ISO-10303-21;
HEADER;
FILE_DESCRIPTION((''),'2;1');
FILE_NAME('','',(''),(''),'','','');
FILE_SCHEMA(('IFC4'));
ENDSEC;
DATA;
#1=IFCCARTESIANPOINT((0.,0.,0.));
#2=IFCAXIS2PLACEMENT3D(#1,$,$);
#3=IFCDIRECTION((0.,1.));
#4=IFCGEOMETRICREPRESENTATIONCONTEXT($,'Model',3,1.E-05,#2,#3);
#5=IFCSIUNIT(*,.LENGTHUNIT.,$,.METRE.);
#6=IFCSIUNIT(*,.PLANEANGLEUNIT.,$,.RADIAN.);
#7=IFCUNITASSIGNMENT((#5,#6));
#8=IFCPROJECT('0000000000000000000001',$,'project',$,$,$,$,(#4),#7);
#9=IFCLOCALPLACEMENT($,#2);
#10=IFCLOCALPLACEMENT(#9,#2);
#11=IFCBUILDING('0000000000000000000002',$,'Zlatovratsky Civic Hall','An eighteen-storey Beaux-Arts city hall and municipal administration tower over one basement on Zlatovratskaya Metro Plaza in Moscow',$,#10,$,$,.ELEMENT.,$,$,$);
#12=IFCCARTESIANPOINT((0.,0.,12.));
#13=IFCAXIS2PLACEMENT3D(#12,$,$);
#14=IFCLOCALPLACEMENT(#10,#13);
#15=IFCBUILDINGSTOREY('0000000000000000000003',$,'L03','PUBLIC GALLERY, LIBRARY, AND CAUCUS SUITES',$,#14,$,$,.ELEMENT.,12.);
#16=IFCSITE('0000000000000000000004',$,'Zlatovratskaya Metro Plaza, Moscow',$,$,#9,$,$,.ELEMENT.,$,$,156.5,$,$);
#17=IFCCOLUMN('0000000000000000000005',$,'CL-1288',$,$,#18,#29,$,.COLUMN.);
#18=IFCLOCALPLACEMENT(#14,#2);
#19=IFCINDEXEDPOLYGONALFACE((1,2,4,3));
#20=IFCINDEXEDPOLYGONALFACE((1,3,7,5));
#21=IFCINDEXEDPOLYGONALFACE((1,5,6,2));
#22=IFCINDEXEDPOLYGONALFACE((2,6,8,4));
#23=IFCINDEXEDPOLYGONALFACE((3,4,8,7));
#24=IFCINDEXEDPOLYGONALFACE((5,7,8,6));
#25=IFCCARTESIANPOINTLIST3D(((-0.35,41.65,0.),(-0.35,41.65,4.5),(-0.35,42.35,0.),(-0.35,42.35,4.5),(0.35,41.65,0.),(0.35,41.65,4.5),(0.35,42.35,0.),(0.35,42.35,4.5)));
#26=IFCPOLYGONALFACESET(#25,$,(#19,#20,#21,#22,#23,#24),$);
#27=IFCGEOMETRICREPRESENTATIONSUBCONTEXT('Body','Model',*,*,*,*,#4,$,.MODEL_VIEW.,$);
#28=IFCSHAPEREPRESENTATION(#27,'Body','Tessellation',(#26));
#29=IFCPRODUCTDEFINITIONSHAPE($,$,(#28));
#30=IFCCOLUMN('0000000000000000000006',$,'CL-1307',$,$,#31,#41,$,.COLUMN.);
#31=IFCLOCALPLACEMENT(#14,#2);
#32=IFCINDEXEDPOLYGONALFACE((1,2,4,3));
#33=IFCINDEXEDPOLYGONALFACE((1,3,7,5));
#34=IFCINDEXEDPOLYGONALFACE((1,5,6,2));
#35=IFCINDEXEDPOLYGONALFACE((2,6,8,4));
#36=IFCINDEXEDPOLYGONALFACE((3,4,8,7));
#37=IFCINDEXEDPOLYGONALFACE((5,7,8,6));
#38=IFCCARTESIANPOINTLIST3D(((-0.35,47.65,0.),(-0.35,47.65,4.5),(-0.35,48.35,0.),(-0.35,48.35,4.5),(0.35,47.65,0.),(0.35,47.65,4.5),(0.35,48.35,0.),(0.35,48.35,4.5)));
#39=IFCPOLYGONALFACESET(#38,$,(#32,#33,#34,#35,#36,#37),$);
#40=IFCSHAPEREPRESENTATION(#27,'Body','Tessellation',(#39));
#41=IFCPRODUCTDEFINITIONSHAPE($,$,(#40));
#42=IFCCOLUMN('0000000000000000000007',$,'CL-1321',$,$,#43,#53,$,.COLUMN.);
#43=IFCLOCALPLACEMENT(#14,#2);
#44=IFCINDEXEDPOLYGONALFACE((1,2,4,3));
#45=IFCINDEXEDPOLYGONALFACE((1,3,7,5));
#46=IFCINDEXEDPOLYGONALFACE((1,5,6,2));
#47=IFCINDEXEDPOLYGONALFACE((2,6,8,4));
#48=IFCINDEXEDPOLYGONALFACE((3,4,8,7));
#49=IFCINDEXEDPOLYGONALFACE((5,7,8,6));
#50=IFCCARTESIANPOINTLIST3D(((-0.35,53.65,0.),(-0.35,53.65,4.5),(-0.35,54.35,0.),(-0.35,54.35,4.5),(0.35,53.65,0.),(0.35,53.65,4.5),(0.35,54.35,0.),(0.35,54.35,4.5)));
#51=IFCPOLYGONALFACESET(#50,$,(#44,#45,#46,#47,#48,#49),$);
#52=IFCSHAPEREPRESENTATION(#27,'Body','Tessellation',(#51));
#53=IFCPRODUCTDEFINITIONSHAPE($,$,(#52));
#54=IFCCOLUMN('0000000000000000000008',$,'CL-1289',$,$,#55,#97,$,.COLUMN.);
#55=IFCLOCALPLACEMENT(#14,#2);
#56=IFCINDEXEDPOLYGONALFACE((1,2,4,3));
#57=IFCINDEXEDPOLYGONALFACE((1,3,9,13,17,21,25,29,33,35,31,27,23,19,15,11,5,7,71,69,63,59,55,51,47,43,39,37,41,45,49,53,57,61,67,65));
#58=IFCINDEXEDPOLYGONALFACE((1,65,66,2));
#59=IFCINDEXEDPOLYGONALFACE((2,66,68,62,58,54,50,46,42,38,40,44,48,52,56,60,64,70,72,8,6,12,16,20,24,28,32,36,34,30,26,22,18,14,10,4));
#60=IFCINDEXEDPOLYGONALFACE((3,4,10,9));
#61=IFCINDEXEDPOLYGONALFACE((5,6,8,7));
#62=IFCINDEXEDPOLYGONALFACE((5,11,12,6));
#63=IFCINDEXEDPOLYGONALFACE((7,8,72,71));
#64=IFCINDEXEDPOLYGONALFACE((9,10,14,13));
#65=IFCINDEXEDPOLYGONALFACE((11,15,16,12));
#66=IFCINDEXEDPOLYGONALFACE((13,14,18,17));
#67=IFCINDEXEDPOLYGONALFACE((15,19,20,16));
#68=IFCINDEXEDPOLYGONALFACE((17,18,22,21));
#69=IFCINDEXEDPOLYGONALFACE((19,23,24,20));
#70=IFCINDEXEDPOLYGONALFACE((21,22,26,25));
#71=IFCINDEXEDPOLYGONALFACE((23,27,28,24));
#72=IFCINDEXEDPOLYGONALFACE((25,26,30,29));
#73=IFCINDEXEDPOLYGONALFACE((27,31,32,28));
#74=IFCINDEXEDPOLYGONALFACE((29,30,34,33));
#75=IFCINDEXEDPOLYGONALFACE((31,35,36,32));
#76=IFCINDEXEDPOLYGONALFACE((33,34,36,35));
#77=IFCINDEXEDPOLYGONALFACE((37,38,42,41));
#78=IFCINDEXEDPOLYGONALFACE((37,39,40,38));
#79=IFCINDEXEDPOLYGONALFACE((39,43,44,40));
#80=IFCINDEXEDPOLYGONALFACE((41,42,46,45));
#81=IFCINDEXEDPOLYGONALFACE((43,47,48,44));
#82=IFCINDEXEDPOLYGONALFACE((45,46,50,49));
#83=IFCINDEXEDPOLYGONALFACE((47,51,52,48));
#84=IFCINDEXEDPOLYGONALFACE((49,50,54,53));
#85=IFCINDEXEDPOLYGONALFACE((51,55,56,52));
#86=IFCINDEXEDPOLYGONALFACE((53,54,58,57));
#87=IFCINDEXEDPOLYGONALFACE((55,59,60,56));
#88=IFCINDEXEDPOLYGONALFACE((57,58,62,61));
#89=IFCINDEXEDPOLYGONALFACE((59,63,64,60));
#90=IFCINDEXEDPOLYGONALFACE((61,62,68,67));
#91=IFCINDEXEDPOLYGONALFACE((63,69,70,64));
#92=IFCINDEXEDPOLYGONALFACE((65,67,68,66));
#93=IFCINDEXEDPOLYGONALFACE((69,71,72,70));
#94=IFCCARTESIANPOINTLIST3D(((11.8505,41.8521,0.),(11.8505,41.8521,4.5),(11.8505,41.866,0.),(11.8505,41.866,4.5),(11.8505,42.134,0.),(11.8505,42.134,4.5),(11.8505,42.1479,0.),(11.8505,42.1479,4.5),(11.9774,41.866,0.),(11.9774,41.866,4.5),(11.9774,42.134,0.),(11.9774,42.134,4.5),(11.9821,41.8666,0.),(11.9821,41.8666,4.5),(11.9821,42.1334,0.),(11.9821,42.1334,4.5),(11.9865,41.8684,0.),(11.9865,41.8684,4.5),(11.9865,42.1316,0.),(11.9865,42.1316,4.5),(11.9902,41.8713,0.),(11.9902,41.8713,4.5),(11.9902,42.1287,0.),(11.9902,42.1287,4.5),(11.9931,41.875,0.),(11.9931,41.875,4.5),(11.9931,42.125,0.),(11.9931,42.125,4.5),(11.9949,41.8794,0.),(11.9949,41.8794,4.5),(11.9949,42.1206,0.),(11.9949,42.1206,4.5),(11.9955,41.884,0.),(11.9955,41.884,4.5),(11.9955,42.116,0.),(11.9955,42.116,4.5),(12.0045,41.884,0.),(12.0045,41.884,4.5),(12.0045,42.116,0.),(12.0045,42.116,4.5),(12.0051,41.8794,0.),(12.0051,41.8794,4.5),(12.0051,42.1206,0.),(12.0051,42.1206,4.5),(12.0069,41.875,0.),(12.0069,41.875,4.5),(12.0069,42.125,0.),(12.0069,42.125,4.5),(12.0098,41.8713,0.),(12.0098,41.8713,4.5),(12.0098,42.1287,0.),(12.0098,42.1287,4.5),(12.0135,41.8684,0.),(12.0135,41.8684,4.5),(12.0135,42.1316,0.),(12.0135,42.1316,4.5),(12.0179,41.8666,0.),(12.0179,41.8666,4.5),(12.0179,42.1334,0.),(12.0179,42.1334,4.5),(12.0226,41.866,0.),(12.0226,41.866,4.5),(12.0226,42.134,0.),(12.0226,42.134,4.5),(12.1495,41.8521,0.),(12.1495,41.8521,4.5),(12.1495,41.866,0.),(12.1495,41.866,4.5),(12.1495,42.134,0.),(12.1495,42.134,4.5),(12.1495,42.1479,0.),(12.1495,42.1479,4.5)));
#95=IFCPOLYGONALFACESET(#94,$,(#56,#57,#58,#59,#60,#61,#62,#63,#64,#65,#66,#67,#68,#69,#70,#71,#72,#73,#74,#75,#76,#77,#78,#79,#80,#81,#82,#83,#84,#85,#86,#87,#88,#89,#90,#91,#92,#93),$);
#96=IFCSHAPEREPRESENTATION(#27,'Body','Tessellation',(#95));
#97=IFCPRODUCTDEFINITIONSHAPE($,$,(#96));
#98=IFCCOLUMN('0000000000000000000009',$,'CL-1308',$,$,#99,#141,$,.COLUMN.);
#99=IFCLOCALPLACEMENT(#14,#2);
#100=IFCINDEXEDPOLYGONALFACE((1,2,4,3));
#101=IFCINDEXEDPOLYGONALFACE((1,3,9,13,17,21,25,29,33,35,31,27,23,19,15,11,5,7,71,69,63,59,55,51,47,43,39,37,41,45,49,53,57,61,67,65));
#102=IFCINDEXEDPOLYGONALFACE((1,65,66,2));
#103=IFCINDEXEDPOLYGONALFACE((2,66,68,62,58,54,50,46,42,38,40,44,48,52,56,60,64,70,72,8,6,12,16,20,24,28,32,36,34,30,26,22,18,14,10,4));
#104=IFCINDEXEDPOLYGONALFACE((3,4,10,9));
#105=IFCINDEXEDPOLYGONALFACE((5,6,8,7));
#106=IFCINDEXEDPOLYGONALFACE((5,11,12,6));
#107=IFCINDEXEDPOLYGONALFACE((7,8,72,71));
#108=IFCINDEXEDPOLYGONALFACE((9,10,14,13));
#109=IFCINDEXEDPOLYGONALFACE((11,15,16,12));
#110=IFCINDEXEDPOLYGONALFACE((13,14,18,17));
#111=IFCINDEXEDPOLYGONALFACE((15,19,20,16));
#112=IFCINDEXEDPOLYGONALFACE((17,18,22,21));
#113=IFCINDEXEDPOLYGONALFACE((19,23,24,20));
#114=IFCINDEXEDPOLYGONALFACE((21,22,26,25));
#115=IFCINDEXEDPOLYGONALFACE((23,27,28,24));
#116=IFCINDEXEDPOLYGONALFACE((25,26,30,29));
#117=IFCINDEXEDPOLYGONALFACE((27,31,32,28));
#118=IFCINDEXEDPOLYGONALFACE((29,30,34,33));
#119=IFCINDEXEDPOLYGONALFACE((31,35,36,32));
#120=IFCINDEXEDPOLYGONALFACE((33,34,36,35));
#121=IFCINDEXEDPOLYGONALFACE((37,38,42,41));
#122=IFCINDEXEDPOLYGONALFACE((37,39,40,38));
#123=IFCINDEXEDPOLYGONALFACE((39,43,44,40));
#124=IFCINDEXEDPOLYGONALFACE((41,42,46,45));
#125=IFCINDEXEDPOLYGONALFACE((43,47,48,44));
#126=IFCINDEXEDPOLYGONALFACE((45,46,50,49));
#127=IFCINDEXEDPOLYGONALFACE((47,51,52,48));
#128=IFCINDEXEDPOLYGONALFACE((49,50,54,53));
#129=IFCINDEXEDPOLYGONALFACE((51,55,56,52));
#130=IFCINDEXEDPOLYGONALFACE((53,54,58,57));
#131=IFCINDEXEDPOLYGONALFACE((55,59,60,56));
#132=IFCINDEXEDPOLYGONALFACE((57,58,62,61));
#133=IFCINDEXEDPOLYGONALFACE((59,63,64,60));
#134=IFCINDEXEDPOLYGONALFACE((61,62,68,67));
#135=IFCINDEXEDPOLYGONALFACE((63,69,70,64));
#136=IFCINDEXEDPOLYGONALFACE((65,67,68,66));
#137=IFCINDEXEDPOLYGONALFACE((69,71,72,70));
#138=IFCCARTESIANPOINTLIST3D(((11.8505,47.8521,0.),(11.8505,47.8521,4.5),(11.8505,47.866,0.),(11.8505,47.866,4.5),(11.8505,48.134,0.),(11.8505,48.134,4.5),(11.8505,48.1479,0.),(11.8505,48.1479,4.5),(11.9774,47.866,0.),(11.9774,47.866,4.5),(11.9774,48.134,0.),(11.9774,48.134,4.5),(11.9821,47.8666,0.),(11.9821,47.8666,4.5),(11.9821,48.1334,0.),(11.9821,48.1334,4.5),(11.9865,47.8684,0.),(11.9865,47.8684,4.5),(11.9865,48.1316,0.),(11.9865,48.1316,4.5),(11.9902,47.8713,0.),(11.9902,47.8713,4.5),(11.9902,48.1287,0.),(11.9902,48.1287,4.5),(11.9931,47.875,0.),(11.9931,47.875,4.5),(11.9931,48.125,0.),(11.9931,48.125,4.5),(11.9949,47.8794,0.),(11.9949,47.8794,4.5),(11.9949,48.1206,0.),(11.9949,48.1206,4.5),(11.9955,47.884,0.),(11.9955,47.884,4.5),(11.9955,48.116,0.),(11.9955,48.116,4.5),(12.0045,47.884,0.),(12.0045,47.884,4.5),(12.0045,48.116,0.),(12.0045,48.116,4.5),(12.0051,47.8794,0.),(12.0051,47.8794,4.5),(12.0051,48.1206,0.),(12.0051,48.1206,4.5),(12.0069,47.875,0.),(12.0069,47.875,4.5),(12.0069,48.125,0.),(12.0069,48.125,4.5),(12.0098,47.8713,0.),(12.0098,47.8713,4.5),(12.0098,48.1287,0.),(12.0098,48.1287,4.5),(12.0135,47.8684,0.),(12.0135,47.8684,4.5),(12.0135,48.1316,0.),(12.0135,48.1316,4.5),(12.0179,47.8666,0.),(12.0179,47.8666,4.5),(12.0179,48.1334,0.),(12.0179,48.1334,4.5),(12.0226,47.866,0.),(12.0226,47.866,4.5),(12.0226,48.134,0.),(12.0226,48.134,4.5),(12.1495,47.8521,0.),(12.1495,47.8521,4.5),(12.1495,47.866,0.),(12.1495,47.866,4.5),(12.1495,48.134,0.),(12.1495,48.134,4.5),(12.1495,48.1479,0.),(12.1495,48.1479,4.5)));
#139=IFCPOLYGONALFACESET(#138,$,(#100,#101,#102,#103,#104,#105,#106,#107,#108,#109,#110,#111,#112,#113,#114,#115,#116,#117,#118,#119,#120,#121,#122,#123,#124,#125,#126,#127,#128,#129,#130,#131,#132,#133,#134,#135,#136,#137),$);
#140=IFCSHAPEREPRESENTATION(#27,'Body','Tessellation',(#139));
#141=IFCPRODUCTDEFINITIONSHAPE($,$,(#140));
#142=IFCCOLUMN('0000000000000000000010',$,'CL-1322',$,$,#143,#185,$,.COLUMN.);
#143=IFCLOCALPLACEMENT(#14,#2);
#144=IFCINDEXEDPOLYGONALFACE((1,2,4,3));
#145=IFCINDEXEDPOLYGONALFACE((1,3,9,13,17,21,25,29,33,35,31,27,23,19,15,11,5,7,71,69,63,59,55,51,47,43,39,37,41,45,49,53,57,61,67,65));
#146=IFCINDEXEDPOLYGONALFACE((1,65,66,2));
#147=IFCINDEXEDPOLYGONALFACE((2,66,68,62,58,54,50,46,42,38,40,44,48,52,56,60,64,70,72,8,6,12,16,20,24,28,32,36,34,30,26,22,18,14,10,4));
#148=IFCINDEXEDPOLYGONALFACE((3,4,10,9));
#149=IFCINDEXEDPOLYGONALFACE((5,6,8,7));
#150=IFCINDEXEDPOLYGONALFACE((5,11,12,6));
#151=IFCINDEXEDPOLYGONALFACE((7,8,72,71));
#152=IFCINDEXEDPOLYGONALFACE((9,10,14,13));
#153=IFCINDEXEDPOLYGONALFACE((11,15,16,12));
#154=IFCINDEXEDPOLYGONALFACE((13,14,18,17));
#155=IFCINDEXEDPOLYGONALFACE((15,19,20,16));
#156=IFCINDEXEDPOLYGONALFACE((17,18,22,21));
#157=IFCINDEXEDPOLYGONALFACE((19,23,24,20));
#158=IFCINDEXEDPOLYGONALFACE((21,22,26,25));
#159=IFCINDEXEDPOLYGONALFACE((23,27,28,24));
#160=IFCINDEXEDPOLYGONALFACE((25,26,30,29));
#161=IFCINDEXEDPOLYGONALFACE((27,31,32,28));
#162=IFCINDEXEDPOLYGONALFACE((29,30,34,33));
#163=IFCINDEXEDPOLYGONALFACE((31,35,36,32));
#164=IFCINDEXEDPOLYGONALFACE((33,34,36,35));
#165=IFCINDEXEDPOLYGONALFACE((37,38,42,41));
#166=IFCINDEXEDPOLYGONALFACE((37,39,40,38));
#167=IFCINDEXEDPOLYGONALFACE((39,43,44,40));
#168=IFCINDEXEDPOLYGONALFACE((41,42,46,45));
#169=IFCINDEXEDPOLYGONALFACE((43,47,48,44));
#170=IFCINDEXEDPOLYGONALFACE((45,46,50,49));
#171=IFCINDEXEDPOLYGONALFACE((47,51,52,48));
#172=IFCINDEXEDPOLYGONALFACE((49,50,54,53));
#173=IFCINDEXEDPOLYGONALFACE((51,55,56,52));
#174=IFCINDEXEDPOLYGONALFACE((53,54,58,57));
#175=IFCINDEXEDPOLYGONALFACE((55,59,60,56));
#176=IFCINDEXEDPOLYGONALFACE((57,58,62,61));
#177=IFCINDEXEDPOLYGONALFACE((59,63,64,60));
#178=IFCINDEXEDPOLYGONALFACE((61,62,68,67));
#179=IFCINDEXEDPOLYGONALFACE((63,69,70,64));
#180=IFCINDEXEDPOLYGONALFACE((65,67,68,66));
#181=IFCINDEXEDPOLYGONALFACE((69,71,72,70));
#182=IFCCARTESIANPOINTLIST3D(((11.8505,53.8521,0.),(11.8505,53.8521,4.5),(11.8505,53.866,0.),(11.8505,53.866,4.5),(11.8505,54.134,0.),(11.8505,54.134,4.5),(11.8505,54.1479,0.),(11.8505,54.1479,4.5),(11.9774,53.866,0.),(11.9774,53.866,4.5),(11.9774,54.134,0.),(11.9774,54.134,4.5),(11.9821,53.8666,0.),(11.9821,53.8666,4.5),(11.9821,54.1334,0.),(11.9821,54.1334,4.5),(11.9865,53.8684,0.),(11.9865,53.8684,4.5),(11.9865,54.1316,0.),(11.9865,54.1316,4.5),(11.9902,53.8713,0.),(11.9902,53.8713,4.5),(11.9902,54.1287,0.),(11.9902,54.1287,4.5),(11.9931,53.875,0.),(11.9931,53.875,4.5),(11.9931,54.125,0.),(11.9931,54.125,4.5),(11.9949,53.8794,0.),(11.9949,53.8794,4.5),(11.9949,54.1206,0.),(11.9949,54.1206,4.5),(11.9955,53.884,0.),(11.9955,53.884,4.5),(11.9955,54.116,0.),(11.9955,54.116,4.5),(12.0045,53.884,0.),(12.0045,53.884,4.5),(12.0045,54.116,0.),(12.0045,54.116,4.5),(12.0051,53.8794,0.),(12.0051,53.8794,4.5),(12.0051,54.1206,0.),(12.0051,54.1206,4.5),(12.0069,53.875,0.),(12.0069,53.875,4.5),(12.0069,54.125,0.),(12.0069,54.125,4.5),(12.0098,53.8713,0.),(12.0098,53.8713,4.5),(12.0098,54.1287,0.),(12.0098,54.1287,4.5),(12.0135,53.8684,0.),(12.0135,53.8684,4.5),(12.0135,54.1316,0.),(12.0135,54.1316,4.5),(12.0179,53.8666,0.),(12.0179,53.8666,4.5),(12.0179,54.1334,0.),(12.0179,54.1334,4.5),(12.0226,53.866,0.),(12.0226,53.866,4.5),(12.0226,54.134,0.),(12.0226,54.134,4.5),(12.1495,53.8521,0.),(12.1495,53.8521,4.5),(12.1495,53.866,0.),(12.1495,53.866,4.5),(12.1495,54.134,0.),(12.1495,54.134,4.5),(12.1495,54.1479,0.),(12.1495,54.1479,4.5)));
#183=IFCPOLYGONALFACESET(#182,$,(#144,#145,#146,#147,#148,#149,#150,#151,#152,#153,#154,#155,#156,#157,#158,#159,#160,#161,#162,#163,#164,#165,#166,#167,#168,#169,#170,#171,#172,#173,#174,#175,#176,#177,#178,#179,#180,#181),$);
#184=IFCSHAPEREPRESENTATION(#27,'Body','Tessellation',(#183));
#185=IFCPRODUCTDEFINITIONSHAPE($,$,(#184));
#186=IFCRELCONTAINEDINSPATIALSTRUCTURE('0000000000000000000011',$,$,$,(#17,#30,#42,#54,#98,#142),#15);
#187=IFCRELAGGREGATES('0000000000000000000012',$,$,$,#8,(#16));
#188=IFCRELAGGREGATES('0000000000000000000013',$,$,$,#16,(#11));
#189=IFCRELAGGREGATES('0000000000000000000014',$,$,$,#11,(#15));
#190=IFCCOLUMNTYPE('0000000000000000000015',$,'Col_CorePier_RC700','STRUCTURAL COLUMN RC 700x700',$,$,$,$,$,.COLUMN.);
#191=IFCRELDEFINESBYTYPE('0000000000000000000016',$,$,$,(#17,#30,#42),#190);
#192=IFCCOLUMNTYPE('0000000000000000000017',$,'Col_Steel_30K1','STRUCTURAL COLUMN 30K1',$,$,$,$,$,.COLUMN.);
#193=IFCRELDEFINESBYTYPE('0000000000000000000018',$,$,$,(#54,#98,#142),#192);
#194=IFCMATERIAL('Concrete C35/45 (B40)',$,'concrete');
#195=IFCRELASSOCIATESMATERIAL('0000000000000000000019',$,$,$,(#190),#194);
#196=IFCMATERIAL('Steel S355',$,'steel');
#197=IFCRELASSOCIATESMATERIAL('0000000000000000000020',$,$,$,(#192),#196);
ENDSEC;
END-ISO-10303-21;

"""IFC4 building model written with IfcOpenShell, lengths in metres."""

from ifc_helpers import new_model, si_unit, direction, frame, origin, origin_2d, place, context, subcontext, project, spatial, rectangle, i_section, extrude, material, material_profile, profile_set, type_object, element, save


model = new_model("IFC4")

# Units and contexts
model_context = context("Model", 3, precision=1e-05, world=origin(), true_north=direction((0.0, 1.0)))
body_context = subcontext(model_context, "Body", "Model", "MODEL_VIEW")
ifc_project = project(units=[si_unit("LENGTHUNIT", "METRE"), si_unit("PLANEANGLEUNIT", "RADIAN")], contexts=[model_context])

# Site, building, storey
site_placement = place(None, origin())
site = spatial("IfcSite", under=ifc_project, at=site_placement, Name="Zlatovratskaya Metro Plaza, Moscow", CompositionType="ELEMENT", RefElevation=156.5)
building_placement = place(site_placement, origin())
building = spatial("IfcBuilding", under=site, at=building_placement, Name="Zlatovratsky Civic Hall", Description="An eighteen-storey Beaux-Arts city hall and municipal administration tower over one basement on Zlatovratskaya Metro Plaza in Moscow", CompositionType="ELEMENT")
storey_placement = place(building_placement, frame((0.0, 0.0, 12.0)))
storey = spatial("IfcBuildingStorey", under=building, at=storey_placement, Name="L03", Description="PUBLIC GALLERY, LIBRARY, AND CAUCUS SUITES", CompositionType="ELEMENT", Elevation=12.0)

# Columns
ifc_material_1 = material(Name="Concrete C35/45 (B40)", Category="concrete")
ifc_material_profile_1 = material_profile(ifc_material_1, rectangle(XDim=0.7, YDim=0.7, at=origin_2d()), Name="RC 700x700")
ifc_profile_set_1 = profile_set([ifc_material_profile_1], Name="Concrete C35/45 (B40)")
column_type_1 = type_object("IfcColumnType", Name="Col_CorePier_RC700", Description="STRUCTURAL COLUMN RC 700x700", PredefinedType="COLUMN", material=ifc_profile_set_1)
for number, where, z_axis, x_axis, name in (
    (1, (0.0, 42.0, 0.0), (0.0, 0.0, 1.0), (1.0, 0.0, 0.0), "CL-1288"),
    (2, (0.0, 48.0, 0.0), (0.0, 0.0, 1.0), (1.0, 0.0, 0.0), "CL-1307"),
    (3, (0.0, 54.0, 0.0), (0.0, 0.0, 1.0), (1.0, 0.0, 0.0), "CL-1321"),
):
    element("IfcColumn", number, at=place(storey_placement, frame(where, z_axis=z_axis, x_axis=x_axis)), inside=storey, type_object=column_type_1, Name=name, PredefinedType="COLUMN", context=body_context, shape_type="SweptSolid", body=[
        extrude(rectangle(XDim=0.7, YDim=0.7, at=origin_2d()), origin(), (0.0, 0.0, 1.0), 4.5),
    ])
ifc_material_2 = material(Name="Steel S355", Category="steel")
ifc_material_profile_2 = material_profile(ifc_material_2, i_section(OverallWidth=0.2991, OverallDepth=0.2959, WebThickness=0.009, FlangeThickness=0.0139, FilletRadius=0.0181, at=origin_2d()), Name="30K1")
ifc_profile_set_2 = profile_set([ifc_material_profile_2], Name="Steel S355")
column_type_2 = type_object("IfcColumnType", Name="Col_Steel_30K1", Description="STRUCTURAL COLUMN 30K1", PredefinedType="COLUMN", material=ifc_profile_set_2)
for number, where, z_axis, x_axis, name in (
    (4, (12.0, 42.0, 0.0), (0.0, 0.0, 1.0), (1.0, 0.0, 0.0), "CL-1289"),
    (5, (12.0, 48.0, 0.0), (0.0, 0.0, 1.0), (1.0, 0.0, 0.0), "CL-1308"),
    (6, (12.0, 54.0, 0.0), (0.0, 0.0, 1.0), (1.0, 0.0, 0.0), "CL-1322"),
):
    element("IfcColumn", number, at=place(storey_placement, frame(where, z_axis=z_axis, x_axis=x_axis)), inside=storey, type_object=column_type_2, Name=name, PredefinedType="COLUMN", context=body_context, shape_type="SweptSolid", body=[
        extrude(i_section(OverallWidth=0.2991, OverallDepth=0.2959, WebThickness=0.009, FlangeThickness=0.0139, FilletRadius=0.0181, at=origin_2d()), origin(), (0.0, 0.0, 1.0), 4.5),
    ])

save(model, "model.ifc")
